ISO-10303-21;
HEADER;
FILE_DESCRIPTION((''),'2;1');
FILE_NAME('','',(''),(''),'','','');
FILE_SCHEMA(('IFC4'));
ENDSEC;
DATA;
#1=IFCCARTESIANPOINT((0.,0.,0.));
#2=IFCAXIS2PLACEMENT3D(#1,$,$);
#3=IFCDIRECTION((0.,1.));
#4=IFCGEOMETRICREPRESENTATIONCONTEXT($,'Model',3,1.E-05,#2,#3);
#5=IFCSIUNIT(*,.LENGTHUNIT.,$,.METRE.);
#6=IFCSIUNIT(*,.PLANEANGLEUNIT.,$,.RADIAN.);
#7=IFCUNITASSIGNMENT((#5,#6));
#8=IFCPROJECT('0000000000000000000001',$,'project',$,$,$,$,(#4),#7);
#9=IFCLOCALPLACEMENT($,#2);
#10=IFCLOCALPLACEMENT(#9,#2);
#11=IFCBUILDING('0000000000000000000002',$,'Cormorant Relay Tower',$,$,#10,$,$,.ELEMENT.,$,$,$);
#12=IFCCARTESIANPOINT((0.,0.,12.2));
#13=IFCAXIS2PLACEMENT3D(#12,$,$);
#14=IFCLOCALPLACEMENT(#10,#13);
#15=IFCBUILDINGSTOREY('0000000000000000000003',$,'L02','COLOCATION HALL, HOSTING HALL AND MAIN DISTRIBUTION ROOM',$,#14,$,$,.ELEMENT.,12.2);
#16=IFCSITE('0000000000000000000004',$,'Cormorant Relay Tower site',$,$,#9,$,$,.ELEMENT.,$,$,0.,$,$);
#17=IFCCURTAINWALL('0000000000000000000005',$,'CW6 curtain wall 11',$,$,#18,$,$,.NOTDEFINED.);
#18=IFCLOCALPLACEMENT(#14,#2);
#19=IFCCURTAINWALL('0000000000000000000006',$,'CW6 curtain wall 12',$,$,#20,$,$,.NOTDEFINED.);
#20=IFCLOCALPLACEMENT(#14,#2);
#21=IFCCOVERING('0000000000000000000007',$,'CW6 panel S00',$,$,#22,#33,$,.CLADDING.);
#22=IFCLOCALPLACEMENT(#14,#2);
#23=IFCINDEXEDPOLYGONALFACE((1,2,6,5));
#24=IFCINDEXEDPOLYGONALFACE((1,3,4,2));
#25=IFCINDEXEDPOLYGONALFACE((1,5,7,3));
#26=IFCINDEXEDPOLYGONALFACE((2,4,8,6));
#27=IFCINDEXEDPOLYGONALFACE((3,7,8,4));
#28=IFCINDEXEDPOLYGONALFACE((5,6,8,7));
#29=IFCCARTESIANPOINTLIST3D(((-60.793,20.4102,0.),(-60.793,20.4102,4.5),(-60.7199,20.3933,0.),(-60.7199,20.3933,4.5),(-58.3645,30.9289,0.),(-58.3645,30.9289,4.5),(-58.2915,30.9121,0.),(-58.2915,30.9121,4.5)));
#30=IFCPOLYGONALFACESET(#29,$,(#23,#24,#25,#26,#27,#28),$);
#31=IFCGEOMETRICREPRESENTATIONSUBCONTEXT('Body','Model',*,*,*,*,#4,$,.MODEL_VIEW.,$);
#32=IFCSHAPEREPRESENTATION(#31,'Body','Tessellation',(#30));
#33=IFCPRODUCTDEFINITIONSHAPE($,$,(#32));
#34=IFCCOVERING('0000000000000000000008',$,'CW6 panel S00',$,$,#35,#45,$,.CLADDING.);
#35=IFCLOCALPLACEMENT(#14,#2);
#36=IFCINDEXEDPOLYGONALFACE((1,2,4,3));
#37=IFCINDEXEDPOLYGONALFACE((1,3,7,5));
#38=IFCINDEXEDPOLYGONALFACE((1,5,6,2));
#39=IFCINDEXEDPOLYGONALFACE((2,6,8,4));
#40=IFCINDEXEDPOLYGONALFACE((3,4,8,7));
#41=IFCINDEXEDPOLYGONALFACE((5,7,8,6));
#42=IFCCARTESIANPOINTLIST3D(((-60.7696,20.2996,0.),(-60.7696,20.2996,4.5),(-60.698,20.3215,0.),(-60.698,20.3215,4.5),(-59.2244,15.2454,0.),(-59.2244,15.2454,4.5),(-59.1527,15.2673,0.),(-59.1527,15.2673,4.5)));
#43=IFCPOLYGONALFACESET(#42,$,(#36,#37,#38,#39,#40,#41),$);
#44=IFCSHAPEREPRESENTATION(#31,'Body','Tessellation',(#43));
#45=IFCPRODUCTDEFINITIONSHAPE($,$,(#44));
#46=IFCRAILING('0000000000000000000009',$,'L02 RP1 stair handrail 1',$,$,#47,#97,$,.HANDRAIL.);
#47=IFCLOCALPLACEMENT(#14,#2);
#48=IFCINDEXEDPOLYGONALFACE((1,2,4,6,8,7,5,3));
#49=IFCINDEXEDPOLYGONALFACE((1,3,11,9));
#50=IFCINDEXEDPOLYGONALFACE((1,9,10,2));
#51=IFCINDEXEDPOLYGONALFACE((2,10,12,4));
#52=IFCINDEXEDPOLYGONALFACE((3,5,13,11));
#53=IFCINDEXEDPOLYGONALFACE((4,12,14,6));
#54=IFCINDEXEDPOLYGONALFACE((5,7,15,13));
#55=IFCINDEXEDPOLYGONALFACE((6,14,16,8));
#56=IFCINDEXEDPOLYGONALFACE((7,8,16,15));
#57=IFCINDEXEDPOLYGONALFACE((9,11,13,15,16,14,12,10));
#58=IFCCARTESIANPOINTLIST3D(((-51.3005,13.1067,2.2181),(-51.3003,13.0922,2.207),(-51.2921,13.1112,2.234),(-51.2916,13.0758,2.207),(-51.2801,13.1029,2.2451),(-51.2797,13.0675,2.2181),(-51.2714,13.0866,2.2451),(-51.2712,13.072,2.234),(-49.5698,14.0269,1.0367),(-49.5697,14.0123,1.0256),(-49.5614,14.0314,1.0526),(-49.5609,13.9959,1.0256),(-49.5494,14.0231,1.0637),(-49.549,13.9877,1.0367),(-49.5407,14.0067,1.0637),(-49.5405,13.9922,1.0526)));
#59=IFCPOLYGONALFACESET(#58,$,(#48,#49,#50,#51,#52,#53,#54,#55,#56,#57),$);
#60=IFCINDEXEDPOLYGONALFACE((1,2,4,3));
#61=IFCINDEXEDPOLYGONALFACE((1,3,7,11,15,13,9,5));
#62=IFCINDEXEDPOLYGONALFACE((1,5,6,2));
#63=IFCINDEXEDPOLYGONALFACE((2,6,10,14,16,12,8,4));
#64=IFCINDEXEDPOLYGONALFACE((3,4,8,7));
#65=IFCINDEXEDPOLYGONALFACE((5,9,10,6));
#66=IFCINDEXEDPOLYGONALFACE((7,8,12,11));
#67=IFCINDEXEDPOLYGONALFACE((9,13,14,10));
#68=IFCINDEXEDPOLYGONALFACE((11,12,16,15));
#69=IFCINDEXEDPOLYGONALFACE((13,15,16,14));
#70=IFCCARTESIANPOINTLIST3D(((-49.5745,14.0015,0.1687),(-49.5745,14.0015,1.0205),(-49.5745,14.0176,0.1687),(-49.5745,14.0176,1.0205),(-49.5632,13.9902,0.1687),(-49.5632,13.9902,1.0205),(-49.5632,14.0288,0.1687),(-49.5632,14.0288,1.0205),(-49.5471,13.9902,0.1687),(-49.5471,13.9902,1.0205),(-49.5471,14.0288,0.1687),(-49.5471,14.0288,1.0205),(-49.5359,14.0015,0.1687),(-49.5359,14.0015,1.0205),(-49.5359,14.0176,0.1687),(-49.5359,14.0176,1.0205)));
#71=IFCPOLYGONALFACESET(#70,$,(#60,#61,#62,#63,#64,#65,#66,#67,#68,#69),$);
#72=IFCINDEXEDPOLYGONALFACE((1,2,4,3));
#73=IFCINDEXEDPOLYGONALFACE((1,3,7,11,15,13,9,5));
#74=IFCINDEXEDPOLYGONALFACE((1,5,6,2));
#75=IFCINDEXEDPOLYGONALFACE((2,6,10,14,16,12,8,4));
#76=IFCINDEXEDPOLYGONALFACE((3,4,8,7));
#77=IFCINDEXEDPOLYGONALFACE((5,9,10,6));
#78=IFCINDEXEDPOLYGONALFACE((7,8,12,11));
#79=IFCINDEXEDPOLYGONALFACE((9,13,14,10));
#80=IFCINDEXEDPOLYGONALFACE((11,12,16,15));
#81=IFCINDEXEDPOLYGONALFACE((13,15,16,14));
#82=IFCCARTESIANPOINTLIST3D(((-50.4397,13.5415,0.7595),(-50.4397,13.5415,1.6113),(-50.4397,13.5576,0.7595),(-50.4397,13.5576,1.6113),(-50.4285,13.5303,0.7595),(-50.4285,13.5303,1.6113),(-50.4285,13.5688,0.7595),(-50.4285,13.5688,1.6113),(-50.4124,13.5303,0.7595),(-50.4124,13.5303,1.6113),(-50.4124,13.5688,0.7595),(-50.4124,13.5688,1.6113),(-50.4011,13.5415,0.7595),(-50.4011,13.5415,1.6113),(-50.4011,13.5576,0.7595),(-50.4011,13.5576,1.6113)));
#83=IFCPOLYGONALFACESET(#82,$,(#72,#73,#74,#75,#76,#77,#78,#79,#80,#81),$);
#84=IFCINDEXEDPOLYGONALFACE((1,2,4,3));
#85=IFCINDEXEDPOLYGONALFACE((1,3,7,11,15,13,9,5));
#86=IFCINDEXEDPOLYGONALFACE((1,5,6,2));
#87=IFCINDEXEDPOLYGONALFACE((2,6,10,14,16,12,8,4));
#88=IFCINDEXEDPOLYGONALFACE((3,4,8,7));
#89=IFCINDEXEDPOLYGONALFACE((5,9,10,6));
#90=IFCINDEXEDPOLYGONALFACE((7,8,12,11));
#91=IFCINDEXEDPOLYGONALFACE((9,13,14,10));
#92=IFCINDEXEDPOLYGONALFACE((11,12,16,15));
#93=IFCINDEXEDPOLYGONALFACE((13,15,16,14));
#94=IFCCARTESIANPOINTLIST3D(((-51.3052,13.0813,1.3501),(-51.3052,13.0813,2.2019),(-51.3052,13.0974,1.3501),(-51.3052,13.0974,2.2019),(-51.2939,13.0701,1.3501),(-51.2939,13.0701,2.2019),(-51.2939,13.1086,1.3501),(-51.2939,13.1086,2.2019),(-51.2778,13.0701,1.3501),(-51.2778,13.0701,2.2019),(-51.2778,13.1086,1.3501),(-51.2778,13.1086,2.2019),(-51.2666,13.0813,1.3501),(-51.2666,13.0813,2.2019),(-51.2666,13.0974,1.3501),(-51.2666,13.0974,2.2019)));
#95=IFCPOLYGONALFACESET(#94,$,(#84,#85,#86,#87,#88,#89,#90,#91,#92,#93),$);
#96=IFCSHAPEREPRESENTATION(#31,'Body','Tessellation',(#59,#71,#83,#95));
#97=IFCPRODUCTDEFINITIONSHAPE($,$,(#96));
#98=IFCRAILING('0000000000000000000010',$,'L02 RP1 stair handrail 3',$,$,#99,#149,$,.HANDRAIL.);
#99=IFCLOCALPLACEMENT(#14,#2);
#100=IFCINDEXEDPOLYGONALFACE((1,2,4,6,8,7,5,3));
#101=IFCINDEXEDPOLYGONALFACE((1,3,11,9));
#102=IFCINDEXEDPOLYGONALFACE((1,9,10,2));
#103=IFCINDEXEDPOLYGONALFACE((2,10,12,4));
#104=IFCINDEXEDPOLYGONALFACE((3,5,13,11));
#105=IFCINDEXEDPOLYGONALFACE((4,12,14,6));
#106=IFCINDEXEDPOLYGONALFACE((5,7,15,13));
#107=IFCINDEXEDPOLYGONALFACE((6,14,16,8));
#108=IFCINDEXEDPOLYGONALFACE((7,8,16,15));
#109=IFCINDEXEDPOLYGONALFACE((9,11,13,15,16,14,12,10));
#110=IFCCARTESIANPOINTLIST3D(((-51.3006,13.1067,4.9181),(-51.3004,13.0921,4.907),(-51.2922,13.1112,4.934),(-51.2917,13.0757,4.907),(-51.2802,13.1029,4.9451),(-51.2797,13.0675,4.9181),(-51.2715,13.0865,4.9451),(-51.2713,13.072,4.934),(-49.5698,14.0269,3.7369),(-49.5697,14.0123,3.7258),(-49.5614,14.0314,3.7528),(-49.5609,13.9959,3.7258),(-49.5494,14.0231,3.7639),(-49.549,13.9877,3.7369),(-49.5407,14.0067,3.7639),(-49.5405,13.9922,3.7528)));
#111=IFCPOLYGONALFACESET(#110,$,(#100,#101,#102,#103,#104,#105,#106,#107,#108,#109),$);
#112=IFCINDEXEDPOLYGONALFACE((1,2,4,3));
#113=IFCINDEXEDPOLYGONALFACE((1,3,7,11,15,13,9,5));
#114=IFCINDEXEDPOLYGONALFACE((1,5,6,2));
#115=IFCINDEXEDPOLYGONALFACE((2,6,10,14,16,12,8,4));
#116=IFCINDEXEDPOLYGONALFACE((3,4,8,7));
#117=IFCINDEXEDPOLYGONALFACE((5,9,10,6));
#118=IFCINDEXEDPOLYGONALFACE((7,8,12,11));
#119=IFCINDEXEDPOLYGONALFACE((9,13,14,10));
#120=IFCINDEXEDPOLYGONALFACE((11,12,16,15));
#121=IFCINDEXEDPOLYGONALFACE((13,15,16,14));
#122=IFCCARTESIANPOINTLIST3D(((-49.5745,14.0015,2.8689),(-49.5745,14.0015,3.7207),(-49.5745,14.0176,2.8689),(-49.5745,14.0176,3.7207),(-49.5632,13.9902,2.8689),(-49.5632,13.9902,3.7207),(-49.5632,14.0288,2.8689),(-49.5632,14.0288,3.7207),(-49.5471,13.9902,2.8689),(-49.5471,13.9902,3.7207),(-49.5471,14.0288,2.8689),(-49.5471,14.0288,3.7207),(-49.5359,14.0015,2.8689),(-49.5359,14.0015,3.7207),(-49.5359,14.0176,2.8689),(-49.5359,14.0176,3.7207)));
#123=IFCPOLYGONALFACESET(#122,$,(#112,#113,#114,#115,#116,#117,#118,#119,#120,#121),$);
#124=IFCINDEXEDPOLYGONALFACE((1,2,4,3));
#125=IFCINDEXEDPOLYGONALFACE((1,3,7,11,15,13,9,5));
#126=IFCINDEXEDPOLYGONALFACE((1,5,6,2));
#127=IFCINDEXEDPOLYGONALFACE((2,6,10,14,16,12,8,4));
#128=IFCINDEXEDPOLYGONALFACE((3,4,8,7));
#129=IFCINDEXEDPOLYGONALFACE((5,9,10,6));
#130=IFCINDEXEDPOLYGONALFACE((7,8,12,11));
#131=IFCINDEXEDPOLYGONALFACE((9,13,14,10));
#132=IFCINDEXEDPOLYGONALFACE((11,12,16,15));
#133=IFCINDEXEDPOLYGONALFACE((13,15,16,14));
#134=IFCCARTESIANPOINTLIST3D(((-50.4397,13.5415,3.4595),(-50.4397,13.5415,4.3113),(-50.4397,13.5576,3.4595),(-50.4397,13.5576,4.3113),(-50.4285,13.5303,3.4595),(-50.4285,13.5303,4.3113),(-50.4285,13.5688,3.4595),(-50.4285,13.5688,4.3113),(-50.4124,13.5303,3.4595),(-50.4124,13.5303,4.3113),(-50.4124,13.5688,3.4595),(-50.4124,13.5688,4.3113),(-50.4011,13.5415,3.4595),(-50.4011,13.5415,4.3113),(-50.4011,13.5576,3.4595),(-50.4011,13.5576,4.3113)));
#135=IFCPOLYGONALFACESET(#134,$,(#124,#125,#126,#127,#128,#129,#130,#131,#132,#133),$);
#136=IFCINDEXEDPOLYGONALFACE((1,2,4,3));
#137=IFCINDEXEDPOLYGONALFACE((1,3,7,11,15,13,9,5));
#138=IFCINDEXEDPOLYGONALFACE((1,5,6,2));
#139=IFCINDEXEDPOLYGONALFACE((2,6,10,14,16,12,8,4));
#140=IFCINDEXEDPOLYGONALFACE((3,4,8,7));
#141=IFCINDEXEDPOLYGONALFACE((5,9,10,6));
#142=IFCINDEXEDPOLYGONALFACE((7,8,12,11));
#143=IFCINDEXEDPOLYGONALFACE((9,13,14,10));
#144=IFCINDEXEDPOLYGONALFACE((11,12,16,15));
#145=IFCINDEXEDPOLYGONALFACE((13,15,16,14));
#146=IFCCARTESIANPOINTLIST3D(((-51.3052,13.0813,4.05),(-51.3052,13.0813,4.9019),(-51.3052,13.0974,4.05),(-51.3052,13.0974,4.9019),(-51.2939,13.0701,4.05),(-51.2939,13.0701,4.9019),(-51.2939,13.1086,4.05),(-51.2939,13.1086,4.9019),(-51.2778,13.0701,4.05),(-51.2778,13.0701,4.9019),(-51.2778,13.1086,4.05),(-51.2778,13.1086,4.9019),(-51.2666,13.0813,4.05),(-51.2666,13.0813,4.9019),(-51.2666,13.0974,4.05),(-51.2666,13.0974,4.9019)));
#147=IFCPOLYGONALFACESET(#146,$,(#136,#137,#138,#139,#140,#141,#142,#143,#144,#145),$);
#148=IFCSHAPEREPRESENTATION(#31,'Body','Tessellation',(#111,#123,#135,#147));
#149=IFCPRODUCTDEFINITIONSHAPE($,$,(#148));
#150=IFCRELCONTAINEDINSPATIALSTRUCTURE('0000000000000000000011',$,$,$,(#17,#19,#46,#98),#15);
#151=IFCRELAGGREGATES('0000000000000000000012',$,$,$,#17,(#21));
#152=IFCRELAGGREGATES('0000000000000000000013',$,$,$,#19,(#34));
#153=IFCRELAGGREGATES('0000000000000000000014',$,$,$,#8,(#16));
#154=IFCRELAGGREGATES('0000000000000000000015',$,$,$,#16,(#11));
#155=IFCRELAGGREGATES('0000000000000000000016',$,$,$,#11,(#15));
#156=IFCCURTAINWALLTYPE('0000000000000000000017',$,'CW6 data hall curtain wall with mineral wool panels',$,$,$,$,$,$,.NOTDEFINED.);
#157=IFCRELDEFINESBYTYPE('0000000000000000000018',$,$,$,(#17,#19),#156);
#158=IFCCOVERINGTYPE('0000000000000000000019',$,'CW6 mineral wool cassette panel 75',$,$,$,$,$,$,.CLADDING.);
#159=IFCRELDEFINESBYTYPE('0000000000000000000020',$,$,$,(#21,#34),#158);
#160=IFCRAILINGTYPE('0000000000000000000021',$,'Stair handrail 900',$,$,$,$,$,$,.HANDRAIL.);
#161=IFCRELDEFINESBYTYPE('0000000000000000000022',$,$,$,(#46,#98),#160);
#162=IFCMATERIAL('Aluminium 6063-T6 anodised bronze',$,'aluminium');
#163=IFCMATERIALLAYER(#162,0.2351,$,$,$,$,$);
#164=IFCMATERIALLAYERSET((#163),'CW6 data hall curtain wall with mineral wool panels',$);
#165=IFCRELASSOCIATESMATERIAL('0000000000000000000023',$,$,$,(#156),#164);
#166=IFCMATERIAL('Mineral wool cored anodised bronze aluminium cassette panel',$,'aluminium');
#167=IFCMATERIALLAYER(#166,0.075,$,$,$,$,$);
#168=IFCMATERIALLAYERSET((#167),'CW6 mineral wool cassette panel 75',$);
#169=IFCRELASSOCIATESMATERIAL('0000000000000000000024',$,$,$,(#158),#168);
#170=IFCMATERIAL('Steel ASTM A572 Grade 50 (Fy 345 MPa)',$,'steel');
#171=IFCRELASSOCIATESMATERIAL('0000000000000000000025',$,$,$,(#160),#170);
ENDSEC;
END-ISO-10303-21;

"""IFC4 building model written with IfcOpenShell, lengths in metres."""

from ifc_helpers import new_model, si_unit, direction, frame, origin, origin_2d, place, context, subcontext, project, spatial, polyline, rectangle, outline, extrude, material, layer, layer_set, type_object, element, aggregate, save


model = new_model("IFC4")

# Units and contexts
model_context = context("Model", 3, precision=1e-05, world=origin(), true_north=direction((0.0, 1.0)))
body_context = subcontext(model_context, "Body", "Model", "MODEL_VIEW")
ifc_project = project(units=[si_unit("LENGTHUNIT", "METRE"), si_unit("PLANEANGLEUNIT", "RADIAN")], contexts=[model_context])

# Site, building, storey
site_placement = place(None, origin())
site = spatial("IfcSite", under=ifc_project, at=site_placement, Name="Cormorant Relay Tower site", CompositionType="ELEMENT", RefElevation=0.0)
building_placement = place(site_placement, origin())
building = spatial("IfcBuilding", under=site, at=building_placement, Name="Cormorant Relay Tower", CompositionType="ELEMENT")
storey_placement = place(building_placement, frame((0.0, 0.0, 12.2)))
storey = spatial("IfcBuildingStorey", under=building, at=storey_placement, Name="L02", Description="COLOCATION HALL, HOSTING HALL AND MAIN DISTRIBUTION ROOM", CompositionType="ELEMENT", Elevation=12.2)

# Curtain wall
ifc_material_1 = material(Name="Aluminium 6063-T6 anodised bronze", Category="aluminium")
ifc_layer_1 = layer(ifc_material_1, 0.2351)
ifc_layer_set_1 = layer_set([ifc_layer_1], Name="CW6 data hall curtain wall with mineral wool panels")
curtain_wall_type = type_object("IfcCurtainWallType", Name="CW6 data hall curtain wall with mineral wool panels", PredefinedType="NOTDEFINED", material=ifc_layer_set_1)
curtain_wall_1_placement = place(storey_placement, origin())
curtain_wall_1 = element("IfcCurtainWall", 1, at=curtain_wall_1_placement, inside=storey, type_object=curtain_wall_type, Name="CW6 curtain wall 11", PredefinedType="NOTDEFINED")

# Curtain wall
curtain_wall_2_placement = place(storey_placement, origin())
curtain_wall_2 = element("IfcCurtainWall", 2, at=curtain_wall_2_placement, inside=storey, type_object=curtain_wall_type, Name="CW6 curtain wall 12", PredefinedType="NOTDEFINED")

# Coverings
ifc_material_2 = material(Name="Mineral wool cored anodised bronze aluminium cassette panel", Category="aluminium")
ifc_layer_2 = layer(ifc_material_2, 0.075)
ifc_layer_set_2 = layer_set([ifc_layer_2], Name="CW6 mineral wool cassette panel 75")
covering_type = type_object("IfcCoveringType", Name="CW6 mineral wool cassette panel 75", PredefinedType="CLADDING", material=ifc_layer_set_2)
covering_1_placement = place(storey_placement, frame((-59.5422, 25.6611, 0.0), z_axis=(0.0, 0.0, 1.0), x_axis=(-0.224951, -0.97437, 0.0)))
covering_1 = element("IfcCovering", 3, at=covering_1_placement, type_object=covering_type, Name="CW6 panel S00", PredefinedType="CLADDING", context=body_context, shape_type="SweptSolid", body=[
    extrude(rectangle(XDim=10.7954, YDim=0.075, at=origin_2d()), origin(), (0.0, 0.0, 1.0), 4.5),
])
aggregate(curtain_wall_1, [covering_1])
covering_2_placement = place(storey_placement, frame((-59.9612, 17.7834, 0.0), z_axis=(0.0, 0.0, 1.0), x_axis=(0.292372, -0.956305, 0.0)))
covering_2 = element("IfcCovering", 4, at=covering_2_placement, type_object=covering_type, Name="CW6 panel S00", PredefinedType="CLADDING", context=body_context, shape_type="SweptSolid", body=[
    extrude(rectangle(XDim=5.2852, YDim=0.075, at=origin_2d()), origin(), (0.0, 0.0, 1.0), 4.5),
])
aggregate(curtain_wall_2, [covering_2])

# Railings
ifc_material_3 = material(Name="Steel ASTM A572 Grade 50 (Fy 345 MPa)", Category="steel")
railing_type = type_object("IfcRailingType", Name="Stair handrail 900", PredefinedType="HANDRAIL", material=ifc_material_3)
railing_1_placement = place(storey_placement, frame((-49.5552, 14.0095, 0.1687)))
element("IfcRailing", 5, at=railing_1_placement, inside=storey, type_object=railing_type, Name="L02 RP1 stair handrail 1", PredefinedType="HANDRAIL", context=body_context, shape_type="SweptSolid", body=[
    extrude(outline(polyline([(0.0222, 0.0093), (0.0093, 0.0222), (-0.0093, 0.0222), (-0.0222, 0.0093), (-0.0222, -0.0093), (-0.0093, -0.0222), (0.0093, -0.0222), (0.0222, -0.0093), (0.0222, 0.0093)])), frame((0.0, 0.0, 0.876), z_axis=(-0.756226, -0.402062, 0.516205), x_axis=(0.469444, -0.882962, 0.0)), (0.0, 0.0, 1.0), 2.2886),
    extrude(outline(polyline([(0.0193, 0.0081), (0.0081, 0.0193), (-0.0081, 0.0193), (-0.0193, 0.0081), (-0.0193, -0.0081), (-0.0081, -0.0193), (0.0081, -0.0193), (0.0193, -0.0081), (0.0193, 0.0081)])), origin(), (0.0, 0.0, 1.0), 0.8518),
    extrude(outline(polyline([(0.0193, 0.0081), (0.0081, 0.0193), (-0.0081, 0.0193), (-0.0193, 0.0081), (-0.0193, -0.0081), (-0.0081, -0.0193), (0.0081, -0.0193), (0.0193, -0.0081), (0.0193, 0.0081)])), frame((-0.8652, -0.46, 0.5908)), (0.0, 0.0, 1.0), 0.8518),
    extrude(outline(polyline([(0.0193, 0.0081), (0.0081, 0.0193), (-0.0081, 0.0193), (-0.0193, 0.0081), (-0.0193, -0.0081), (-0.0081, -0.0193), (0.0081, -0.0193), (0.0193, -0.0081), (0.0193, 0.0081)])), frame((-1.7307, -0.9202, 1.1814)), (0.0, 0.0, 1.0), 0.8518),
])
railing_2_placement = place(storey_placement, frame((-49.5552, 14.0095, 2.8689)))
element("IfcRailing", 6, at=railing_2_placement, inside=storey, type_object=railing_type, Name="L02 RP1 stair handrail 3", PredefinedType="HANDRAIL", context=body_context, shape_type="SweptSolid", body=[
    extrude(outline(polyline([(0.0222, 0.0093), (0.0093, 0.0222), (-0.0093, 0.0222), (-0.0222, 0.0093), (-0.0222, -0.0093), (-0.0093, -0.0222), (0.0093, -0.0222), (0.0222, -0.0093), (0.0222, 0.0093)])), frame((0.0, 0.0, 0.876), z_axis=(-0.756268, -0.402084, 0.516127), x_axis=(0.469444, -0.882962, 0.0)), (0.0, 0.0, 1.0), 2.2886),
    extrude(outline(polyline([(0.0193, 0.0081), (0.0081, 0.0193), (-0.0081, 0.0193), (-0.0193, 0.0081), (-0.0193, -0.0081), (-0.0081, -0.0193), (0.0081, -0.0193), (0.0193, -0.0081), (0.0193, 0.0081)])), origin(), (0.0, 0.0, 1.0), 0.8518),
    extrude(outline(polyline([(0.0193, 0.0081), (0.0081, 0.0193), (-0.0081, 0.0193), (-0.0193, 0.0081), (-0.0193, -0.0081), (-0.0081, -0.0193), (0.0081, -0.0193), (0.0193, -0.0081), (0.0193, 0.0081)])), frame((-0.8652, -0.46, 0.5906)), (0.0, 0.0, 1.0), 0.8518),
    extrude(outline(polyline([(0.0193, 0.0081), (0.0081, 0.0193), (-0.0081, 0.0193), (-0.0193, 0.0081), (-0.0193, -0.0081), (-0.0081, -0.0193), (0.0081, -0.0193), (0.0193, -0.0081), (0.0193, 0.0081)])), frame((-1.7307, -0.9202, 1.1812)), (0.0, 0.0, 1.0), 0.8518),
])

save(model, "model.ifc")
